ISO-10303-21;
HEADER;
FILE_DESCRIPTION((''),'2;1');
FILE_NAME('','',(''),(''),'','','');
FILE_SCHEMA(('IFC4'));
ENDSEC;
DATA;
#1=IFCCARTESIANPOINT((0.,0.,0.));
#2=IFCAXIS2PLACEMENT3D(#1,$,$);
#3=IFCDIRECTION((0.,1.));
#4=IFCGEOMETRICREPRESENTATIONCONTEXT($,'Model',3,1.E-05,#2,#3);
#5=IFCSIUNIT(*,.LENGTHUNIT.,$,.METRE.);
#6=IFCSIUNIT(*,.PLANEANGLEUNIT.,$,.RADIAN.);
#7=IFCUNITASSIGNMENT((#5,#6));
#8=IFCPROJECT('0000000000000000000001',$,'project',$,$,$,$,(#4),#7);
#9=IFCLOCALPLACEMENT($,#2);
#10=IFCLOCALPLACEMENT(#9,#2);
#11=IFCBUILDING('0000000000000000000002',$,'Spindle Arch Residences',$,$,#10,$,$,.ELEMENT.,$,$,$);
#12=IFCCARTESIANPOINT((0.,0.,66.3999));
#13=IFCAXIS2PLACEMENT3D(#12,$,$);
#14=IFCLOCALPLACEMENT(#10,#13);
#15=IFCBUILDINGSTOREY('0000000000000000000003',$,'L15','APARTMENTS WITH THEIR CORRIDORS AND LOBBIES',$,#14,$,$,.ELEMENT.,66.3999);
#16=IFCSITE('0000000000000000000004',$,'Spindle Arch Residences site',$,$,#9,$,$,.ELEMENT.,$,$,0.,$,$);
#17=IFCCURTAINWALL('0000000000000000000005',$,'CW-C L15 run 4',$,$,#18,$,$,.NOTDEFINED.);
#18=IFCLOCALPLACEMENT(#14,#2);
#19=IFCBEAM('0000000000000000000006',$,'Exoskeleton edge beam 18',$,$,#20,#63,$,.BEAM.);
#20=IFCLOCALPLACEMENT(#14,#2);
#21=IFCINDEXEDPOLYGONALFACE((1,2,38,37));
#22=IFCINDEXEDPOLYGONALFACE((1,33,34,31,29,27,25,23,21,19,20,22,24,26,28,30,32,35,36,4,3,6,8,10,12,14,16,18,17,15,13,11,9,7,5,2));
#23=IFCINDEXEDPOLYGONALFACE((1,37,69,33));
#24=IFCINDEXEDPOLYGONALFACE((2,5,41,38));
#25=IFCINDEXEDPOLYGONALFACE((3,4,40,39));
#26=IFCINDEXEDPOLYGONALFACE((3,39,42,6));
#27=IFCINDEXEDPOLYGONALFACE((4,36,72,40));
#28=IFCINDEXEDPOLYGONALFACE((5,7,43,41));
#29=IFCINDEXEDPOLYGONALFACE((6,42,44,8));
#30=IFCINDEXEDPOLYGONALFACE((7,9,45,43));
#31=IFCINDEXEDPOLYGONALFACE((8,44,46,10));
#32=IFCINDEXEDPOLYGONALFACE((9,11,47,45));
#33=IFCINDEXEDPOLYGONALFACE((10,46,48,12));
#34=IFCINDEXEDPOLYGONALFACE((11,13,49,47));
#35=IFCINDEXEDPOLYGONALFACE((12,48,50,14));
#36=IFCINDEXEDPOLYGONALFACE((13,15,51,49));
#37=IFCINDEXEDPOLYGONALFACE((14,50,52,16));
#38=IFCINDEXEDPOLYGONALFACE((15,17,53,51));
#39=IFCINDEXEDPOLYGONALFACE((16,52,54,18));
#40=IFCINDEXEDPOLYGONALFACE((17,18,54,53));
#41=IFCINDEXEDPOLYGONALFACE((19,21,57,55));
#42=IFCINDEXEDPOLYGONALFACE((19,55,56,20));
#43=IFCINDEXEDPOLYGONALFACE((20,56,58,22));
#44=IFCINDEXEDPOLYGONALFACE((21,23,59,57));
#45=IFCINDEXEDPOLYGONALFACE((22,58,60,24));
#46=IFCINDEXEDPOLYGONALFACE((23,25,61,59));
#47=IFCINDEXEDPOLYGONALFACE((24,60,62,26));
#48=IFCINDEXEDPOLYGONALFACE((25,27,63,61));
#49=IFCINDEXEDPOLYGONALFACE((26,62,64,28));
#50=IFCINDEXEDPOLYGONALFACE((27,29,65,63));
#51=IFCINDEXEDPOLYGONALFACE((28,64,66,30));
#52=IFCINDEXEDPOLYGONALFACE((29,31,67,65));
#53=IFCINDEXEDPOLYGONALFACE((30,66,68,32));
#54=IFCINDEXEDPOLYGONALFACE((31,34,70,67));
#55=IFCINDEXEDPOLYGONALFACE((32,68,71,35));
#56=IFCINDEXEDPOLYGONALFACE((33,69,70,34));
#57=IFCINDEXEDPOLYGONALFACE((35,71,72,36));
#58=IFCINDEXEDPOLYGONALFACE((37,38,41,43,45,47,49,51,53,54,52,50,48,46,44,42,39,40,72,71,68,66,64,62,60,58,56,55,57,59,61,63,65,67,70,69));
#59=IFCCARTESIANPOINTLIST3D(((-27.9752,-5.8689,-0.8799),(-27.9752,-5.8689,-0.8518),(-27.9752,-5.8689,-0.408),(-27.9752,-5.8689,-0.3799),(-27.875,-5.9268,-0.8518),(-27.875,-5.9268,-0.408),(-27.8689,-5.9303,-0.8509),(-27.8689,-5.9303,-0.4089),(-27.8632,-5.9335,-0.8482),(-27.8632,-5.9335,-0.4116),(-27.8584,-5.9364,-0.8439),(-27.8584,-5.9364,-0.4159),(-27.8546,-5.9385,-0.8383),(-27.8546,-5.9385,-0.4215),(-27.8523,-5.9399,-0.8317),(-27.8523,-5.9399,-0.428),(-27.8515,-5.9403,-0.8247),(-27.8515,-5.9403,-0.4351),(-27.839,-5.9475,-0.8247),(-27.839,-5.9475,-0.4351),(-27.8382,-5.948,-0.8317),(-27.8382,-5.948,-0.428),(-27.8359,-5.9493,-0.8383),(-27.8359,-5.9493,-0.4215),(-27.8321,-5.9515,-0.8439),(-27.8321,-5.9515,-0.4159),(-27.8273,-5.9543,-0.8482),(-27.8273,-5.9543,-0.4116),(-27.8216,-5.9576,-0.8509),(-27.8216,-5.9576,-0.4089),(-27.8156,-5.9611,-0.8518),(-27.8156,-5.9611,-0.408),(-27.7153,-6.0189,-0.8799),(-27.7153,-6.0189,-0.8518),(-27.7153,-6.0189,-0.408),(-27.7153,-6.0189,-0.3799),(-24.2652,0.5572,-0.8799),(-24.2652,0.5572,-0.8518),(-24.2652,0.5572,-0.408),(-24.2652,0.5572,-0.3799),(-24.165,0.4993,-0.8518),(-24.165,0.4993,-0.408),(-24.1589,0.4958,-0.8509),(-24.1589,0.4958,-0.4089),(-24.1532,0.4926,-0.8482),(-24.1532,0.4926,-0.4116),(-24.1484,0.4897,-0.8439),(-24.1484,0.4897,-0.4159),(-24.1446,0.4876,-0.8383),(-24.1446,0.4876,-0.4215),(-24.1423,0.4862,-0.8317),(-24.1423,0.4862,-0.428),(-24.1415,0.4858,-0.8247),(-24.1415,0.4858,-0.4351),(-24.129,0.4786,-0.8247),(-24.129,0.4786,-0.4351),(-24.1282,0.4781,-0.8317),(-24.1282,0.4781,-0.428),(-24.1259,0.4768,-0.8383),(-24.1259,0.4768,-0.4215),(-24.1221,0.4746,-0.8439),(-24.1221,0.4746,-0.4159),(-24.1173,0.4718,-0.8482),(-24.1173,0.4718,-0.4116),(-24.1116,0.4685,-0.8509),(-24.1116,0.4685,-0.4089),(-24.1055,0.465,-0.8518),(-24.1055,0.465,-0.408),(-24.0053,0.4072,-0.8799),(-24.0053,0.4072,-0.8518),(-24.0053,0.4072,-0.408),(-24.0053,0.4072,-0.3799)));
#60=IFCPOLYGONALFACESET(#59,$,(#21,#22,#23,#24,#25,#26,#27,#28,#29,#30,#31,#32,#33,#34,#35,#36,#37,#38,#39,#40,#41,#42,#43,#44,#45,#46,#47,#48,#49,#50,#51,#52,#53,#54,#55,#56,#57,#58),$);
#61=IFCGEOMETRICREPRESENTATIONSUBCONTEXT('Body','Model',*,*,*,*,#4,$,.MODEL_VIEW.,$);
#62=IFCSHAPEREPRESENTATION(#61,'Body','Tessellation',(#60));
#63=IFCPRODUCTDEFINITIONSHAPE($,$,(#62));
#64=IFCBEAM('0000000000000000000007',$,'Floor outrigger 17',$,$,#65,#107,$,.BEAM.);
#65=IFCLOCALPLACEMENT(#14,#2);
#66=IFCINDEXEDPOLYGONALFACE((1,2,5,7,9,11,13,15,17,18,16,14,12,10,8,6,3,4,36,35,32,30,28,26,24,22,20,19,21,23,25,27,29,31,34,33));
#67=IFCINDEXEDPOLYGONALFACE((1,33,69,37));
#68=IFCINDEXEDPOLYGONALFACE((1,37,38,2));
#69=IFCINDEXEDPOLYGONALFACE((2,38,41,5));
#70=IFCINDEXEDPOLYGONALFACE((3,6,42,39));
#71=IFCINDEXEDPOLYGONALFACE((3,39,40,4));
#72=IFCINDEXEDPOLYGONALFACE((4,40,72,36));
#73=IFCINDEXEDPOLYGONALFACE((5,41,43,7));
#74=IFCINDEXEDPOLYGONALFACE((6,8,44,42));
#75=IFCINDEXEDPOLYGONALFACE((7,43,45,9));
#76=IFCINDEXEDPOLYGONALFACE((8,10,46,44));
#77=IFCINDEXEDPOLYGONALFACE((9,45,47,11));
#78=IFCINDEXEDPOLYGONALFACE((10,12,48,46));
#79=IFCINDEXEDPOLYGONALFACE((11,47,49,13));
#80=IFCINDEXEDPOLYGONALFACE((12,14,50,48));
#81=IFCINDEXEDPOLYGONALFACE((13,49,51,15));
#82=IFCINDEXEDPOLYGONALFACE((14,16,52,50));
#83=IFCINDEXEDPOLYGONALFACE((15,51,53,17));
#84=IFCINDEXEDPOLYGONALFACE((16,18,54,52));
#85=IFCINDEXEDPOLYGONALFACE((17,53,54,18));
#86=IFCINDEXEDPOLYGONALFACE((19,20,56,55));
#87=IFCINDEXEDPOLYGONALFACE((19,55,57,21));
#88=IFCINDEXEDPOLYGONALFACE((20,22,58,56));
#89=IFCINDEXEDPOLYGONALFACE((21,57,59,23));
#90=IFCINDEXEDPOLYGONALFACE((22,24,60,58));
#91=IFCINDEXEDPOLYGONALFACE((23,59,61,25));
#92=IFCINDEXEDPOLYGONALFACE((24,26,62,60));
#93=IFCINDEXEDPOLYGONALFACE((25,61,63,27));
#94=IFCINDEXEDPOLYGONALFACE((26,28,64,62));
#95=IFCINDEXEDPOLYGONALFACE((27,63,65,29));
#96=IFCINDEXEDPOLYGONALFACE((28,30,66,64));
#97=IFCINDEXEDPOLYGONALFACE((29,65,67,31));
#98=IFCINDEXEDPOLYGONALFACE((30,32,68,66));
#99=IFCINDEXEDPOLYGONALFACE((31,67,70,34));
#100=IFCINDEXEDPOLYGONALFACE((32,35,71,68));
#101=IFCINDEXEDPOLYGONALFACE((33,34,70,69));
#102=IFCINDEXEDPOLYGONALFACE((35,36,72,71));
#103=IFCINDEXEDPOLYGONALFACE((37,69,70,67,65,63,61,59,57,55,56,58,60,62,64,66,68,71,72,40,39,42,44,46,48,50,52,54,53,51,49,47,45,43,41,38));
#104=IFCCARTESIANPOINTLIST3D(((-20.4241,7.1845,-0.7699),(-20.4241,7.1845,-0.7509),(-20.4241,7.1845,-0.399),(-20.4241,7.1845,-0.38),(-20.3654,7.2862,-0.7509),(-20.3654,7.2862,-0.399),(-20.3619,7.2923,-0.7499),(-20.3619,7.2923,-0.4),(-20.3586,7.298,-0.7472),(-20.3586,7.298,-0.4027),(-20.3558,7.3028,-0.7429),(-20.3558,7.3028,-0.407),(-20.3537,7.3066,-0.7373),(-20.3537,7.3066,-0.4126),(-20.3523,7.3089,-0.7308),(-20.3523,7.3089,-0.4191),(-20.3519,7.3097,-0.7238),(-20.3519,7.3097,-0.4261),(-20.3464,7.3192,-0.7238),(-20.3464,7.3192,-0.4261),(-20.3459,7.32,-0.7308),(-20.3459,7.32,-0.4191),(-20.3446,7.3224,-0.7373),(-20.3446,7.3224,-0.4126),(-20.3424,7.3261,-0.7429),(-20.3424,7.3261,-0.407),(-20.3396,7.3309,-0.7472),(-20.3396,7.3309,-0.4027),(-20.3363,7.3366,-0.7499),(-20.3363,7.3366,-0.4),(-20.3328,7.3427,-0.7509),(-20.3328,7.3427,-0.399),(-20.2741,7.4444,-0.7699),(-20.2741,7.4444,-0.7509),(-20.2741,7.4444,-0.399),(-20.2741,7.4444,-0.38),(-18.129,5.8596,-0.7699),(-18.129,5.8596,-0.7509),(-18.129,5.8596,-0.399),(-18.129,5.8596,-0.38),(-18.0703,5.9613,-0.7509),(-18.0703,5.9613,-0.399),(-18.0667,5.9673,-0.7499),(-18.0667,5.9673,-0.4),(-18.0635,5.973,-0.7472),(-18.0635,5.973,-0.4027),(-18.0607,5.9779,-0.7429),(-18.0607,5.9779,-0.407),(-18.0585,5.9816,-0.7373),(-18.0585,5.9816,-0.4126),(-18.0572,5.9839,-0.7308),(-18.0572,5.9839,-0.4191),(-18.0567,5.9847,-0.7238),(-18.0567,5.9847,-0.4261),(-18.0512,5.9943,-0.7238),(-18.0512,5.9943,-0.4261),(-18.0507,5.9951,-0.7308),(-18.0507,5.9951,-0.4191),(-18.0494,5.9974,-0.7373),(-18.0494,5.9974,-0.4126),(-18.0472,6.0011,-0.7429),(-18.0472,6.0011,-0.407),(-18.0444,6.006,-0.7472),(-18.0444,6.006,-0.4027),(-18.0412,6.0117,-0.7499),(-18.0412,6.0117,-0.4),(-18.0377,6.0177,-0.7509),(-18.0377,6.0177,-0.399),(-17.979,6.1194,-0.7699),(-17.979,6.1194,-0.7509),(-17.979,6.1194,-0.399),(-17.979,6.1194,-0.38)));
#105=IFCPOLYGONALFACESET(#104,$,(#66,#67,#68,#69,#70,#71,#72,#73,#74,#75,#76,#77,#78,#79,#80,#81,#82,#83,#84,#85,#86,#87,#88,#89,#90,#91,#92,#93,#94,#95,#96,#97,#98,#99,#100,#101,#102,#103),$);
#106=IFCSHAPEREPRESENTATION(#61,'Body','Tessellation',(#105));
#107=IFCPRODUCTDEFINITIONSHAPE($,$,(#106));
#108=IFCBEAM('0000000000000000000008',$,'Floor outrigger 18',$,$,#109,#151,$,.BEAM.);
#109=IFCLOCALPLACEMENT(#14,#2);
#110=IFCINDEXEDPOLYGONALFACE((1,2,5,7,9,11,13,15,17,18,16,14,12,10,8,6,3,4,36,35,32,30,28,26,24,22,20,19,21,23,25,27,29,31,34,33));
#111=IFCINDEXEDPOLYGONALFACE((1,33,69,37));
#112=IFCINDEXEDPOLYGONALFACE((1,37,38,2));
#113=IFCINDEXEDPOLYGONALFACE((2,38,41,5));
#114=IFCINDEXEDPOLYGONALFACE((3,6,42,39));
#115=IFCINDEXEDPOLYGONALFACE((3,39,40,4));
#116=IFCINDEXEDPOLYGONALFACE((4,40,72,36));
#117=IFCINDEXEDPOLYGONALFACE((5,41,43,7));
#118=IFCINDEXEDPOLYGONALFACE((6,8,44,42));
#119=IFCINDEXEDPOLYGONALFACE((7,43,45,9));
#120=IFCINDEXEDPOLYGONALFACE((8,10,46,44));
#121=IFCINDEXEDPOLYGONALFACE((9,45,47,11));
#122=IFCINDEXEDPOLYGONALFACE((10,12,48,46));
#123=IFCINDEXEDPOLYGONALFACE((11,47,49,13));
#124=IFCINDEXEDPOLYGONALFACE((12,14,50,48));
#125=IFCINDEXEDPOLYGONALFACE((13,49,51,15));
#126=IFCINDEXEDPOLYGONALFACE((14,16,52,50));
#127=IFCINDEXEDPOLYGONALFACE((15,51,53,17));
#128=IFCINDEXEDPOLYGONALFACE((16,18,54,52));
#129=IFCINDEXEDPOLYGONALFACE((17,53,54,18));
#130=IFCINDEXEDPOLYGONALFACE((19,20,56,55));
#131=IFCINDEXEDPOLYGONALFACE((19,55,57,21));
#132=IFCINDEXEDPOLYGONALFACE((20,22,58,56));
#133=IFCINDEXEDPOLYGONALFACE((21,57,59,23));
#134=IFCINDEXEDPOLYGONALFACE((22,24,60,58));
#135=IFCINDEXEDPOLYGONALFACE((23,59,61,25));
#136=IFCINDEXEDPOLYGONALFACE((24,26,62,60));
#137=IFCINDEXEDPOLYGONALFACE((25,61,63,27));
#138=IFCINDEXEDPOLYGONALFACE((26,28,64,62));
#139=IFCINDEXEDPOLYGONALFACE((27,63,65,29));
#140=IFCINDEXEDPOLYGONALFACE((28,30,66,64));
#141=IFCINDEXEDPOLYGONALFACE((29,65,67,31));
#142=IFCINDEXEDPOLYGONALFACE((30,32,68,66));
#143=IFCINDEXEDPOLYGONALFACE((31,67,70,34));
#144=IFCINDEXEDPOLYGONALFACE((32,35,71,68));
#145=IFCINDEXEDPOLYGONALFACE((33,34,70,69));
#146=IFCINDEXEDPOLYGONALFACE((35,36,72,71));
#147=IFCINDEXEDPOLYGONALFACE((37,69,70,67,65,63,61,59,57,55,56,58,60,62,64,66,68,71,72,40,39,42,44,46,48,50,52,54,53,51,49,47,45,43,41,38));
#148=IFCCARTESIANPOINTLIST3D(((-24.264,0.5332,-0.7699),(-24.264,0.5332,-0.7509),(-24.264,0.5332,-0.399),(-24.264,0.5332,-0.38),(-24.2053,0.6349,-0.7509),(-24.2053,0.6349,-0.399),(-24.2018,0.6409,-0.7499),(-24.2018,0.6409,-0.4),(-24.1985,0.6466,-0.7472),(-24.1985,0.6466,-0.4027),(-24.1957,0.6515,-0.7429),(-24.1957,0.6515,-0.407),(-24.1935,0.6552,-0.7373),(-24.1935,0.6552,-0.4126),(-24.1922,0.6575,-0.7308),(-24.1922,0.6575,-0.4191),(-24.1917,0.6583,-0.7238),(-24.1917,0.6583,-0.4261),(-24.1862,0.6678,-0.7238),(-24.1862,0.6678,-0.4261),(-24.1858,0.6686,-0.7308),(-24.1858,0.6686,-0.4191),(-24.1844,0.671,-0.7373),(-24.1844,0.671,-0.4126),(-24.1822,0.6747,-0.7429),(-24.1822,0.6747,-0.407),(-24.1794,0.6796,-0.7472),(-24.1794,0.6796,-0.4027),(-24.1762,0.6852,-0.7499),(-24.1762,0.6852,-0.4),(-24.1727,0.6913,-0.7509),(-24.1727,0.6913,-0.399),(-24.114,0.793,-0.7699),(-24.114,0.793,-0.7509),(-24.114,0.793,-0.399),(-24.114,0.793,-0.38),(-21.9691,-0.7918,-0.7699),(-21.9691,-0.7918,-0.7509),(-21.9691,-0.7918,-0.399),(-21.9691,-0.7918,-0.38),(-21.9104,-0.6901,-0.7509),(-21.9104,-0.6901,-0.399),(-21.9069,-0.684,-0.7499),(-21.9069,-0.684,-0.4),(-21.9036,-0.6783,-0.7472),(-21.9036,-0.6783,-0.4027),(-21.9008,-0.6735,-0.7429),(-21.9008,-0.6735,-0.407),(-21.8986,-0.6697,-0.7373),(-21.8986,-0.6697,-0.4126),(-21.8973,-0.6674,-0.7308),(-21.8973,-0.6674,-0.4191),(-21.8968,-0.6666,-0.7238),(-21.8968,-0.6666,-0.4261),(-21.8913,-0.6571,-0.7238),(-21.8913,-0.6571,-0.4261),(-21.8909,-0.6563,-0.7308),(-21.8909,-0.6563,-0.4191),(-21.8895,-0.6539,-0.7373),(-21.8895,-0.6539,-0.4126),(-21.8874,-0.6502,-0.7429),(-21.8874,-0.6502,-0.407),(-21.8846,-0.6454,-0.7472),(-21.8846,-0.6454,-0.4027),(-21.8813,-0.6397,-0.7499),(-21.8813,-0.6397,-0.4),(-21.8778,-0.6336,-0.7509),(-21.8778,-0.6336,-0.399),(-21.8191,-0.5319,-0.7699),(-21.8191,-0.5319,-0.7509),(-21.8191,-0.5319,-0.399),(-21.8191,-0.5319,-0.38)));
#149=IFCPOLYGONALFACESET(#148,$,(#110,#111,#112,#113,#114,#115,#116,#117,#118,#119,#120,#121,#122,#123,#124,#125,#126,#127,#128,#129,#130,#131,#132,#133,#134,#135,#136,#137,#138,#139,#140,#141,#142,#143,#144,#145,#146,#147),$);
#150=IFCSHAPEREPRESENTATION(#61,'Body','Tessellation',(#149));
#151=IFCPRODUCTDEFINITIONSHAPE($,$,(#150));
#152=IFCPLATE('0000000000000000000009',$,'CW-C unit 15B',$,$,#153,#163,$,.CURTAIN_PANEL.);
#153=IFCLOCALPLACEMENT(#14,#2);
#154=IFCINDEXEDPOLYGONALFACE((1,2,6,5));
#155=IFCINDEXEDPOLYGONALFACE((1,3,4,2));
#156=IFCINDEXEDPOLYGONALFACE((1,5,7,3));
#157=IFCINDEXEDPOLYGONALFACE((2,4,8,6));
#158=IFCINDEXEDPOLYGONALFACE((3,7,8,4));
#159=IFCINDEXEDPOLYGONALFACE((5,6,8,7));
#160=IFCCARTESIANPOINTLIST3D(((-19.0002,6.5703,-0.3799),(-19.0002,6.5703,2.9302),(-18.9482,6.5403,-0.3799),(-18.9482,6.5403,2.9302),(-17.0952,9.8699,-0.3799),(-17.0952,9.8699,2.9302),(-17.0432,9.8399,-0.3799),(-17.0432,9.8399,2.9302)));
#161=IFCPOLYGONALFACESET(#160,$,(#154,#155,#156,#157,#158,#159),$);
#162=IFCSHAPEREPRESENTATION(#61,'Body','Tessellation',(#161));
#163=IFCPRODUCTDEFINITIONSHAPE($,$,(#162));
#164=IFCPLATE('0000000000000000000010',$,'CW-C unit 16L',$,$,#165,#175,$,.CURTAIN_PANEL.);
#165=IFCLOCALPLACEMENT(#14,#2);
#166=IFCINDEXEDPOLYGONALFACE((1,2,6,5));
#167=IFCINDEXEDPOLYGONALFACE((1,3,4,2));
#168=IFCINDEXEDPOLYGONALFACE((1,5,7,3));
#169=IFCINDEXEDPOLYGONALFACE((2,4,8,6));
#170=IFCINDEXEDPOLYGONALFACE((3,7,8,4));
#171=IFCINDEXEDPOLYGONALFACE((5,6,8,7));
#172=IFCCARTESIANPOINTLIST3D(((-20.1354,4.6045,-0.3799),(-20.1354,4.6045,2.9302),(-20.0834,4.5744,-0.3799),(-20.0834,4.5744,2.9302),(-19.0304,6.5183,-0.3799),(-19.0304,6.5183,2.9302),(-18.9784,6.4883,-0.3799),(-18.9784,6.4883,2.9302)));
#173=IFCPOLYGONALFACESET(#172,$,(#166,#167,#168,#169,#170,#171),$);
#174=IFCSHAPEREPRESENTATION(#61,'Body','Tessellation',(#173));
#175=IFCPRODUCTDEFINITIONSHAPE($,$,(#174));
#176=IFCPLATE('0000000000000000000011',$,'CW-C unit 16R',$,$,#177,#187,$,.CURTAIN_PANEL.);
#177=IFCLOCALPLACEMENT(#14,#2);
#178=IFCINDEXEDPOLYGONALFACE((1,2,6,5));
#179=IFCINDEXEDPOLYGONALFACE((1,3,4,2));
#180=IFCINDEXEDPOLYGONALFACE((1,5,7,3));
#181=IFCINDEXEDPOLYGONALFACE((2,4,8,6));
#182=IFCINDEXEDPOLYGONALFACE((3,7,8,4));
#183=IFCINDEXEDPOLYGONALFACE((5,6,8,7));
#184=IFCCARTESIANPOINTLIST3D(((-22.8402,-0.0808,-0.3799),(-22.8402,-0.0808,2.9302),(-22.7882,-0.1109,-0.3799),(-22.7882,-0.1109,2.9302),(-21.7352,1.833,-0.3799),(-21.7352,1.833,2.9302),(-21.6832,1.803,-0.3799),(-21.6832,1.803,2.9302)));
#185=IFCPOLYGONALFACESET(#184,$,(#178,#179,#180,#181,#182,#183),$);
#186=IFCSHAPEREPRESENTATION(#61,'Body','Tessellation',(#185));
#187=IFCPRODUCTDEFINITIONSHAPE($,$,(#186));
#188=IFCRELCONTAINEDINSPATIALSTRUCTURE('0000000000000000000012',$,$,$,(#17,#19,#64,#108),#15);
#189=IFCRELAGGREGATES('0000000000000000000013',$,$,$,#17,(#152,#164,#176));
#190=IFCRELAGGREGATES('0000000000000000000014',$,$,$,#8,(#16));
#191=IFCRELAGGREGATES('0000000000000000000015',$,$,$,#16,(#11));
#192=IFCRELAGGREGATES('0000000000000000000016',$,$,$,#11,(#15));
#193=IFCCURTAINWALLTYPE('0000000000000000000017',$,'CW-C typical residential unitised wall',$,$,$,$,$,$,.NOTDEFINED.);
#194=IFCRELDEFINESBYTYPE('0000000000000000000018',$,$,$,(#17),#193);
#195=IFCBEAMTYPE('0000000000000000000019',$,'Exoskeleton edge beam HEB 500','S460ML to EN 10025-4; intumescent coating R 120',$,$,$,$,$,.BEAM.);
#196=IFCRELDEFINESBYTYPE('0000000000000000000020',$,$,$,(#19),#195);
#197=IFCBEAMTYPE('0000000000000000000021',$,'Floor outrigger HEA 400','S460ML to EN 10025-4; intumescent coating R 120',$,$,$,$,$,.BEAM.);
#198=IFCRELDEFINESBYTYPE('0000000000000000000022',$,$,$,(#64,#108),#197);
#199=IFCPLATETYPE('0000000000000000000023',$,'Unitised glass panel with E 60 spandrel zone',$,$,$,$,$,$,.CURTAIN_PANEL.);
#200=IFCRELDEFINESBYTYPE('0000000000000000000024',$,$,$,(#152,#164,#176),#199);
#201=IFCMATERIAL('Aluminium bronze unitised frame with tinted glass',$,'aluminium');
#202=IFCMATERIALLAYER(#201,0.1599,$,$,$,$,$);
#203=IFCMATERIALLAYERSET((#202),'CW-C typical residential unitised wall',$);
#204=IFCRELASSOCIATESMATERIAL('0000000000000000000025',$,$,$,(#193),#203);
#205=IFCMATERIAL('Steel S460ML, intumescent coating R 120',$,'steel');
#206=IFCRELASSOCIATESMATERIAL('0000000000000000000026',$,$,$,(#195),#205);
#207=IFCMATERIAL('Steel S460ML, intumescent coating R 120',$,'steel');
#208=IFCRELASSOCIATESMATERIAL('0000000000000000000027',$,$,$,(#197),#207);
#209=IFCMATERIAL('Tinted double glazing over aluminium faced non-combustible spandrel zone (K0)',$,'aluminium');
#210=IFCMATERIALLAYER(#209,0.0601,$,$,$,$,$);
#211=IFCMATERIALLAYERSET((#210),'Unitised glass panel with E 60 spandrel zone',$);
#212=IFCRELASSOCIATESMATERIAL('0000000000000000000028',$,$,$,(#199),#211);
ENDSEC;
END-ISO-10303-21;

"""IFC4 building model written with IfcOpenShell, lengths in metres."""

from ifc_helpers import new_model, si_unit, direction, frame, origin, origin_2d, place, context, subcontext, project, spatial, rectangle, i_section, extrude, material, layer, layer_set, material_profile, profile_set, type_object, element, aggregate, save


model = new_model("IFC4")

# Units and contexts
model_context = context("Model", 3, precision=1e-05, world=origin(), true_north=direction((0.0, 1.0)))
body_context = subcontext(model_context, "Body", "Model", "MODEL_VIEW")
ifc_project = project(units=[si_unit("LENGTHUNIT", "METRE"), si_unit("PLANEANGLEUNIT", "RADIAN")], contexts=[model_context])

# Site, building, storey
site_placement = place(None, origin())
site = spatial("IfcSite", under=ifc_project, at=site_placement, Name="Spindle Arch Residences site", CompositionType="ELEMENT", RefElevation=0.0)
building_placement = place(site_placement, origin())
building = spatial("IfcBuilding", under=site, at=building_placement, Name="Spindle Arch Residences", CompositionType="ELEMENT")
storey_placement = place(building_placement, frame((0.0, 0.0, 66.3999)))
storey = spatial("IfcBuildingStorey", under=building, at=storey_placement, Name="L15", Description="APARTMENTS WITH THEIR CORRIDORS AND LOBBIES", CompositionType="ELEMENT", Elevation=66.3999)

# Curtain wall
ifc_material_1 = material(Name="Aluminium bronze unitised frame with tinted glass", Category="aluminium")
ifc_layer_1 = layer(ifc_material_1, 0.1599)
ifc_layer_set_1 = layer_set([ifc_layer_1], Name="CW-C typical residential unitised wall")
curtain_wall_type = type_object("IfcCurtainWallType", Name="CW-C typical residential unitised wall", PredefinedType="NOTDEFINED", material=ifc_layer_set_1)
curtain_wall_placement = place(storey_placement, origin())
curtain_wall = element("IfcCurtainWall", 1, at=curtain_wall_placement, inside=storey, type_object=curtain_wall_type, Name="CW-C L15 run 4", PredefinedType="NOTDEFINED")

# Beams
ifc_material_2 = material(Name="Steel S460ML, intumescent coating R 120", Category="steel")
ifc_material_profile_1 = material_profile(ifc_material_2, i_section(OverallWidth=0.3, OverallDepth=0.5, WebThickness=0.0144, FlangeThickness=0.0281, FilletRadius=0.0271, at=origin_2d()), Name="HEB 500")
ifc_profile_set_1 = profile_set([ifc_material_profile_1], Name="Steel S460ML, intumescent coating R 120")
beam_type_1 = type_object("IfcBeamType", Name="Exoskeleton edge beam HEB 500", Description="S460ML to EN 10025-4; intumescent coating R 120", PredefinedType="BEAM", material=ifc_profile_set_1)
for number, where, z_axis, x_axis, name in (
    (2, (-24.1353, 0.4822, -0.6299), (-0.499989, -0.866032, 0.0), (0.866032, -0.499989, 0.0), "Exoskeleton edge beam 18"),
):
    element("IfcBeam", number, at=place(storey_placement, frame(where, z_axis=z_axis, x_axis=x_axis)), inside=storey, type_object=beam_type_1, Name=name, PredefinedType="BEAM", context=body_context, shape_type="SweptSolid", body=[
        extrude(i_section(OverallWidth=0.3, OverallDepth=0.5, WebThickness=0.0144, FlangeThickness=0.0281, FilletRadius=0.0271, at=origin_2d()), origin(), (0.0, 0.0, 1.0), 7.4202),
    ])
ifc_material_3 = material(Name="Steel S460ML, intumescent coating R 120", Category="steel")
ifc_material_profile_2 = material_profile(ifc_material_3, i_section(OverallWidth=0.3, OverallDepth=0.3899, WebThickness=0.011, FlangeThickness=0.019, FilletRadius=0.0271, at=origin_2d()), Name="HEA 400")
ifc_profile_set_2 = profile_set([ifc_material_profile_2], Name="Steel S460ML, intumescent coating R 120")
beam_type_2 = type_object("IfcBeamType", Name="Floor outrigger HEA 400", Description="S460ML to EN 10025-4; intumescent coating R 120", PredefinedType="BEAM", material=ifc_profile_set_2)
beam_1_placement = place(storey_placement, frame((-20.3491, 7.3145, -0.575), z_axis=(0.866052, -0.499954, 0.0), x_axis=(0.499954, 0.866052, 0.0)))
element("IfcBeam", 3, at=beam_1_placement, inside=storey, type_object=beam_type_2, Name="Floor outrigger 17", PredefinedType="BEAM", context=body_context, shape_type="SweptSolid", body=[
    extrude(i_section(OverallWidth=0.3, OverallDepth=0.3899, WebThickness=0.011, FlangeThickness=0.019, FilletRadius=0.0271, at=origin_2d()), origin(), (0.0, 0.0, 1.0), 2.6501),
])
beam_2_placement = place(storey_placement, frame((-24.189, 0.6631, -0.575), z_axis=(0.866029, -0.499994, 0.0), x_axis=(0.499994, 0.866029, 0.0)))
element("IfcBeam", 4, at=beam_2_placement, inside=storey, type_object=beam_type_2, Name="Floor outrigger 18", PredefinedType="BEAM", context=body_context, shape_type="SweptSolid", body=[
    extrude(i_section(OverallWidth=0.3, OverallDepth=0.3899, WebThickness=0.011, FlangeThickness=0.019, FilletRadius=0.0271, at=origin_2d()), origin(), (0.0, 0.0, 1.0), 2.6499),
])

# Plates
ifc_material_4 = material(Name="Tinted double glazing over aluminium faced non-combustible spandrel zone (K0)", Category="aluminium")
ifc_layer_2 = layer(ifc_material_4, 0.0601)
ifc_layer_set_2 = layer_set([ifc_layer_2], Name="Unitised glass panel with E 60 spandrel zone")
plate_type = type_object("IfcPlateType", Name="Unitised glass panel with E 60 spandrel zone", PredefinedType="CURTAIN_PANEL", material=ifc_layer_set_2)
plate_1_placement = place(storey_placement, frame((-18.0217, 8.2051, -0.3799), z_axis=(0.0, 0.0, 1.0), x_axis=(-0.5, -0.866025, 0.0)))
plate_1 = element("IfcPlate", 5, at=plate_1_placement, type_object=plate_type, Name="CW-C unit 15B", PredefinedType="CURTAIN_PANEL", context=body_context, shape_type="SweptSolid", body=[
    extrude(rectangle(XDim=3.8101, YDim=0.0601, at=origin_2d()), origin(), (0.0, 0.0, 1.0), 3.3101),
])
plate_2_placement = place(storey_placement, frame((-19.5569, 5.5464, -0.3799), z_axis=(0.0, 0.0, 1.0), x_axis=(-0.5, -0.866025, 0.0)))
plate_2 = element("IfcPlate", 6, at=plate_2_placement, type_object=plate_type, Name="CW-C unit 16L", PredefinedType="CURTAIN_PANEL", context=body_context, shape_type="SweptSolid", body=[
    extrude(rectangle(XDim=2.21, YDim=0.0601, at=origin_2d()), origin(), (0.0, 0.0, 1.0), 3.3101),
])
plate_3_placement = place(storey_placement, frame((-22.2617, 0.8611, -0.3799), z_axis=(0.0, 0.0, 1.0), x_axis=(-0.5, -0.866025, 0.0)))
plate_3 = element("IfcPlate", 7, at=plate_3_placement, type_object=plate_type, Name="CW-C unit 16R", PredefinedType="CURTAIN_PANEL", context=body_context, shape_type="SweptSolid", body=[
    extrude(rectangle(XDim=2.21, YDim=0.0601, at=origin_2d()), origin(), (0.0, 0.0, 1.0), 3.3101),
])
aggregate(curtain_wall, [plate_1, plate_2, plate_3])

save(model, "model.ifc")
